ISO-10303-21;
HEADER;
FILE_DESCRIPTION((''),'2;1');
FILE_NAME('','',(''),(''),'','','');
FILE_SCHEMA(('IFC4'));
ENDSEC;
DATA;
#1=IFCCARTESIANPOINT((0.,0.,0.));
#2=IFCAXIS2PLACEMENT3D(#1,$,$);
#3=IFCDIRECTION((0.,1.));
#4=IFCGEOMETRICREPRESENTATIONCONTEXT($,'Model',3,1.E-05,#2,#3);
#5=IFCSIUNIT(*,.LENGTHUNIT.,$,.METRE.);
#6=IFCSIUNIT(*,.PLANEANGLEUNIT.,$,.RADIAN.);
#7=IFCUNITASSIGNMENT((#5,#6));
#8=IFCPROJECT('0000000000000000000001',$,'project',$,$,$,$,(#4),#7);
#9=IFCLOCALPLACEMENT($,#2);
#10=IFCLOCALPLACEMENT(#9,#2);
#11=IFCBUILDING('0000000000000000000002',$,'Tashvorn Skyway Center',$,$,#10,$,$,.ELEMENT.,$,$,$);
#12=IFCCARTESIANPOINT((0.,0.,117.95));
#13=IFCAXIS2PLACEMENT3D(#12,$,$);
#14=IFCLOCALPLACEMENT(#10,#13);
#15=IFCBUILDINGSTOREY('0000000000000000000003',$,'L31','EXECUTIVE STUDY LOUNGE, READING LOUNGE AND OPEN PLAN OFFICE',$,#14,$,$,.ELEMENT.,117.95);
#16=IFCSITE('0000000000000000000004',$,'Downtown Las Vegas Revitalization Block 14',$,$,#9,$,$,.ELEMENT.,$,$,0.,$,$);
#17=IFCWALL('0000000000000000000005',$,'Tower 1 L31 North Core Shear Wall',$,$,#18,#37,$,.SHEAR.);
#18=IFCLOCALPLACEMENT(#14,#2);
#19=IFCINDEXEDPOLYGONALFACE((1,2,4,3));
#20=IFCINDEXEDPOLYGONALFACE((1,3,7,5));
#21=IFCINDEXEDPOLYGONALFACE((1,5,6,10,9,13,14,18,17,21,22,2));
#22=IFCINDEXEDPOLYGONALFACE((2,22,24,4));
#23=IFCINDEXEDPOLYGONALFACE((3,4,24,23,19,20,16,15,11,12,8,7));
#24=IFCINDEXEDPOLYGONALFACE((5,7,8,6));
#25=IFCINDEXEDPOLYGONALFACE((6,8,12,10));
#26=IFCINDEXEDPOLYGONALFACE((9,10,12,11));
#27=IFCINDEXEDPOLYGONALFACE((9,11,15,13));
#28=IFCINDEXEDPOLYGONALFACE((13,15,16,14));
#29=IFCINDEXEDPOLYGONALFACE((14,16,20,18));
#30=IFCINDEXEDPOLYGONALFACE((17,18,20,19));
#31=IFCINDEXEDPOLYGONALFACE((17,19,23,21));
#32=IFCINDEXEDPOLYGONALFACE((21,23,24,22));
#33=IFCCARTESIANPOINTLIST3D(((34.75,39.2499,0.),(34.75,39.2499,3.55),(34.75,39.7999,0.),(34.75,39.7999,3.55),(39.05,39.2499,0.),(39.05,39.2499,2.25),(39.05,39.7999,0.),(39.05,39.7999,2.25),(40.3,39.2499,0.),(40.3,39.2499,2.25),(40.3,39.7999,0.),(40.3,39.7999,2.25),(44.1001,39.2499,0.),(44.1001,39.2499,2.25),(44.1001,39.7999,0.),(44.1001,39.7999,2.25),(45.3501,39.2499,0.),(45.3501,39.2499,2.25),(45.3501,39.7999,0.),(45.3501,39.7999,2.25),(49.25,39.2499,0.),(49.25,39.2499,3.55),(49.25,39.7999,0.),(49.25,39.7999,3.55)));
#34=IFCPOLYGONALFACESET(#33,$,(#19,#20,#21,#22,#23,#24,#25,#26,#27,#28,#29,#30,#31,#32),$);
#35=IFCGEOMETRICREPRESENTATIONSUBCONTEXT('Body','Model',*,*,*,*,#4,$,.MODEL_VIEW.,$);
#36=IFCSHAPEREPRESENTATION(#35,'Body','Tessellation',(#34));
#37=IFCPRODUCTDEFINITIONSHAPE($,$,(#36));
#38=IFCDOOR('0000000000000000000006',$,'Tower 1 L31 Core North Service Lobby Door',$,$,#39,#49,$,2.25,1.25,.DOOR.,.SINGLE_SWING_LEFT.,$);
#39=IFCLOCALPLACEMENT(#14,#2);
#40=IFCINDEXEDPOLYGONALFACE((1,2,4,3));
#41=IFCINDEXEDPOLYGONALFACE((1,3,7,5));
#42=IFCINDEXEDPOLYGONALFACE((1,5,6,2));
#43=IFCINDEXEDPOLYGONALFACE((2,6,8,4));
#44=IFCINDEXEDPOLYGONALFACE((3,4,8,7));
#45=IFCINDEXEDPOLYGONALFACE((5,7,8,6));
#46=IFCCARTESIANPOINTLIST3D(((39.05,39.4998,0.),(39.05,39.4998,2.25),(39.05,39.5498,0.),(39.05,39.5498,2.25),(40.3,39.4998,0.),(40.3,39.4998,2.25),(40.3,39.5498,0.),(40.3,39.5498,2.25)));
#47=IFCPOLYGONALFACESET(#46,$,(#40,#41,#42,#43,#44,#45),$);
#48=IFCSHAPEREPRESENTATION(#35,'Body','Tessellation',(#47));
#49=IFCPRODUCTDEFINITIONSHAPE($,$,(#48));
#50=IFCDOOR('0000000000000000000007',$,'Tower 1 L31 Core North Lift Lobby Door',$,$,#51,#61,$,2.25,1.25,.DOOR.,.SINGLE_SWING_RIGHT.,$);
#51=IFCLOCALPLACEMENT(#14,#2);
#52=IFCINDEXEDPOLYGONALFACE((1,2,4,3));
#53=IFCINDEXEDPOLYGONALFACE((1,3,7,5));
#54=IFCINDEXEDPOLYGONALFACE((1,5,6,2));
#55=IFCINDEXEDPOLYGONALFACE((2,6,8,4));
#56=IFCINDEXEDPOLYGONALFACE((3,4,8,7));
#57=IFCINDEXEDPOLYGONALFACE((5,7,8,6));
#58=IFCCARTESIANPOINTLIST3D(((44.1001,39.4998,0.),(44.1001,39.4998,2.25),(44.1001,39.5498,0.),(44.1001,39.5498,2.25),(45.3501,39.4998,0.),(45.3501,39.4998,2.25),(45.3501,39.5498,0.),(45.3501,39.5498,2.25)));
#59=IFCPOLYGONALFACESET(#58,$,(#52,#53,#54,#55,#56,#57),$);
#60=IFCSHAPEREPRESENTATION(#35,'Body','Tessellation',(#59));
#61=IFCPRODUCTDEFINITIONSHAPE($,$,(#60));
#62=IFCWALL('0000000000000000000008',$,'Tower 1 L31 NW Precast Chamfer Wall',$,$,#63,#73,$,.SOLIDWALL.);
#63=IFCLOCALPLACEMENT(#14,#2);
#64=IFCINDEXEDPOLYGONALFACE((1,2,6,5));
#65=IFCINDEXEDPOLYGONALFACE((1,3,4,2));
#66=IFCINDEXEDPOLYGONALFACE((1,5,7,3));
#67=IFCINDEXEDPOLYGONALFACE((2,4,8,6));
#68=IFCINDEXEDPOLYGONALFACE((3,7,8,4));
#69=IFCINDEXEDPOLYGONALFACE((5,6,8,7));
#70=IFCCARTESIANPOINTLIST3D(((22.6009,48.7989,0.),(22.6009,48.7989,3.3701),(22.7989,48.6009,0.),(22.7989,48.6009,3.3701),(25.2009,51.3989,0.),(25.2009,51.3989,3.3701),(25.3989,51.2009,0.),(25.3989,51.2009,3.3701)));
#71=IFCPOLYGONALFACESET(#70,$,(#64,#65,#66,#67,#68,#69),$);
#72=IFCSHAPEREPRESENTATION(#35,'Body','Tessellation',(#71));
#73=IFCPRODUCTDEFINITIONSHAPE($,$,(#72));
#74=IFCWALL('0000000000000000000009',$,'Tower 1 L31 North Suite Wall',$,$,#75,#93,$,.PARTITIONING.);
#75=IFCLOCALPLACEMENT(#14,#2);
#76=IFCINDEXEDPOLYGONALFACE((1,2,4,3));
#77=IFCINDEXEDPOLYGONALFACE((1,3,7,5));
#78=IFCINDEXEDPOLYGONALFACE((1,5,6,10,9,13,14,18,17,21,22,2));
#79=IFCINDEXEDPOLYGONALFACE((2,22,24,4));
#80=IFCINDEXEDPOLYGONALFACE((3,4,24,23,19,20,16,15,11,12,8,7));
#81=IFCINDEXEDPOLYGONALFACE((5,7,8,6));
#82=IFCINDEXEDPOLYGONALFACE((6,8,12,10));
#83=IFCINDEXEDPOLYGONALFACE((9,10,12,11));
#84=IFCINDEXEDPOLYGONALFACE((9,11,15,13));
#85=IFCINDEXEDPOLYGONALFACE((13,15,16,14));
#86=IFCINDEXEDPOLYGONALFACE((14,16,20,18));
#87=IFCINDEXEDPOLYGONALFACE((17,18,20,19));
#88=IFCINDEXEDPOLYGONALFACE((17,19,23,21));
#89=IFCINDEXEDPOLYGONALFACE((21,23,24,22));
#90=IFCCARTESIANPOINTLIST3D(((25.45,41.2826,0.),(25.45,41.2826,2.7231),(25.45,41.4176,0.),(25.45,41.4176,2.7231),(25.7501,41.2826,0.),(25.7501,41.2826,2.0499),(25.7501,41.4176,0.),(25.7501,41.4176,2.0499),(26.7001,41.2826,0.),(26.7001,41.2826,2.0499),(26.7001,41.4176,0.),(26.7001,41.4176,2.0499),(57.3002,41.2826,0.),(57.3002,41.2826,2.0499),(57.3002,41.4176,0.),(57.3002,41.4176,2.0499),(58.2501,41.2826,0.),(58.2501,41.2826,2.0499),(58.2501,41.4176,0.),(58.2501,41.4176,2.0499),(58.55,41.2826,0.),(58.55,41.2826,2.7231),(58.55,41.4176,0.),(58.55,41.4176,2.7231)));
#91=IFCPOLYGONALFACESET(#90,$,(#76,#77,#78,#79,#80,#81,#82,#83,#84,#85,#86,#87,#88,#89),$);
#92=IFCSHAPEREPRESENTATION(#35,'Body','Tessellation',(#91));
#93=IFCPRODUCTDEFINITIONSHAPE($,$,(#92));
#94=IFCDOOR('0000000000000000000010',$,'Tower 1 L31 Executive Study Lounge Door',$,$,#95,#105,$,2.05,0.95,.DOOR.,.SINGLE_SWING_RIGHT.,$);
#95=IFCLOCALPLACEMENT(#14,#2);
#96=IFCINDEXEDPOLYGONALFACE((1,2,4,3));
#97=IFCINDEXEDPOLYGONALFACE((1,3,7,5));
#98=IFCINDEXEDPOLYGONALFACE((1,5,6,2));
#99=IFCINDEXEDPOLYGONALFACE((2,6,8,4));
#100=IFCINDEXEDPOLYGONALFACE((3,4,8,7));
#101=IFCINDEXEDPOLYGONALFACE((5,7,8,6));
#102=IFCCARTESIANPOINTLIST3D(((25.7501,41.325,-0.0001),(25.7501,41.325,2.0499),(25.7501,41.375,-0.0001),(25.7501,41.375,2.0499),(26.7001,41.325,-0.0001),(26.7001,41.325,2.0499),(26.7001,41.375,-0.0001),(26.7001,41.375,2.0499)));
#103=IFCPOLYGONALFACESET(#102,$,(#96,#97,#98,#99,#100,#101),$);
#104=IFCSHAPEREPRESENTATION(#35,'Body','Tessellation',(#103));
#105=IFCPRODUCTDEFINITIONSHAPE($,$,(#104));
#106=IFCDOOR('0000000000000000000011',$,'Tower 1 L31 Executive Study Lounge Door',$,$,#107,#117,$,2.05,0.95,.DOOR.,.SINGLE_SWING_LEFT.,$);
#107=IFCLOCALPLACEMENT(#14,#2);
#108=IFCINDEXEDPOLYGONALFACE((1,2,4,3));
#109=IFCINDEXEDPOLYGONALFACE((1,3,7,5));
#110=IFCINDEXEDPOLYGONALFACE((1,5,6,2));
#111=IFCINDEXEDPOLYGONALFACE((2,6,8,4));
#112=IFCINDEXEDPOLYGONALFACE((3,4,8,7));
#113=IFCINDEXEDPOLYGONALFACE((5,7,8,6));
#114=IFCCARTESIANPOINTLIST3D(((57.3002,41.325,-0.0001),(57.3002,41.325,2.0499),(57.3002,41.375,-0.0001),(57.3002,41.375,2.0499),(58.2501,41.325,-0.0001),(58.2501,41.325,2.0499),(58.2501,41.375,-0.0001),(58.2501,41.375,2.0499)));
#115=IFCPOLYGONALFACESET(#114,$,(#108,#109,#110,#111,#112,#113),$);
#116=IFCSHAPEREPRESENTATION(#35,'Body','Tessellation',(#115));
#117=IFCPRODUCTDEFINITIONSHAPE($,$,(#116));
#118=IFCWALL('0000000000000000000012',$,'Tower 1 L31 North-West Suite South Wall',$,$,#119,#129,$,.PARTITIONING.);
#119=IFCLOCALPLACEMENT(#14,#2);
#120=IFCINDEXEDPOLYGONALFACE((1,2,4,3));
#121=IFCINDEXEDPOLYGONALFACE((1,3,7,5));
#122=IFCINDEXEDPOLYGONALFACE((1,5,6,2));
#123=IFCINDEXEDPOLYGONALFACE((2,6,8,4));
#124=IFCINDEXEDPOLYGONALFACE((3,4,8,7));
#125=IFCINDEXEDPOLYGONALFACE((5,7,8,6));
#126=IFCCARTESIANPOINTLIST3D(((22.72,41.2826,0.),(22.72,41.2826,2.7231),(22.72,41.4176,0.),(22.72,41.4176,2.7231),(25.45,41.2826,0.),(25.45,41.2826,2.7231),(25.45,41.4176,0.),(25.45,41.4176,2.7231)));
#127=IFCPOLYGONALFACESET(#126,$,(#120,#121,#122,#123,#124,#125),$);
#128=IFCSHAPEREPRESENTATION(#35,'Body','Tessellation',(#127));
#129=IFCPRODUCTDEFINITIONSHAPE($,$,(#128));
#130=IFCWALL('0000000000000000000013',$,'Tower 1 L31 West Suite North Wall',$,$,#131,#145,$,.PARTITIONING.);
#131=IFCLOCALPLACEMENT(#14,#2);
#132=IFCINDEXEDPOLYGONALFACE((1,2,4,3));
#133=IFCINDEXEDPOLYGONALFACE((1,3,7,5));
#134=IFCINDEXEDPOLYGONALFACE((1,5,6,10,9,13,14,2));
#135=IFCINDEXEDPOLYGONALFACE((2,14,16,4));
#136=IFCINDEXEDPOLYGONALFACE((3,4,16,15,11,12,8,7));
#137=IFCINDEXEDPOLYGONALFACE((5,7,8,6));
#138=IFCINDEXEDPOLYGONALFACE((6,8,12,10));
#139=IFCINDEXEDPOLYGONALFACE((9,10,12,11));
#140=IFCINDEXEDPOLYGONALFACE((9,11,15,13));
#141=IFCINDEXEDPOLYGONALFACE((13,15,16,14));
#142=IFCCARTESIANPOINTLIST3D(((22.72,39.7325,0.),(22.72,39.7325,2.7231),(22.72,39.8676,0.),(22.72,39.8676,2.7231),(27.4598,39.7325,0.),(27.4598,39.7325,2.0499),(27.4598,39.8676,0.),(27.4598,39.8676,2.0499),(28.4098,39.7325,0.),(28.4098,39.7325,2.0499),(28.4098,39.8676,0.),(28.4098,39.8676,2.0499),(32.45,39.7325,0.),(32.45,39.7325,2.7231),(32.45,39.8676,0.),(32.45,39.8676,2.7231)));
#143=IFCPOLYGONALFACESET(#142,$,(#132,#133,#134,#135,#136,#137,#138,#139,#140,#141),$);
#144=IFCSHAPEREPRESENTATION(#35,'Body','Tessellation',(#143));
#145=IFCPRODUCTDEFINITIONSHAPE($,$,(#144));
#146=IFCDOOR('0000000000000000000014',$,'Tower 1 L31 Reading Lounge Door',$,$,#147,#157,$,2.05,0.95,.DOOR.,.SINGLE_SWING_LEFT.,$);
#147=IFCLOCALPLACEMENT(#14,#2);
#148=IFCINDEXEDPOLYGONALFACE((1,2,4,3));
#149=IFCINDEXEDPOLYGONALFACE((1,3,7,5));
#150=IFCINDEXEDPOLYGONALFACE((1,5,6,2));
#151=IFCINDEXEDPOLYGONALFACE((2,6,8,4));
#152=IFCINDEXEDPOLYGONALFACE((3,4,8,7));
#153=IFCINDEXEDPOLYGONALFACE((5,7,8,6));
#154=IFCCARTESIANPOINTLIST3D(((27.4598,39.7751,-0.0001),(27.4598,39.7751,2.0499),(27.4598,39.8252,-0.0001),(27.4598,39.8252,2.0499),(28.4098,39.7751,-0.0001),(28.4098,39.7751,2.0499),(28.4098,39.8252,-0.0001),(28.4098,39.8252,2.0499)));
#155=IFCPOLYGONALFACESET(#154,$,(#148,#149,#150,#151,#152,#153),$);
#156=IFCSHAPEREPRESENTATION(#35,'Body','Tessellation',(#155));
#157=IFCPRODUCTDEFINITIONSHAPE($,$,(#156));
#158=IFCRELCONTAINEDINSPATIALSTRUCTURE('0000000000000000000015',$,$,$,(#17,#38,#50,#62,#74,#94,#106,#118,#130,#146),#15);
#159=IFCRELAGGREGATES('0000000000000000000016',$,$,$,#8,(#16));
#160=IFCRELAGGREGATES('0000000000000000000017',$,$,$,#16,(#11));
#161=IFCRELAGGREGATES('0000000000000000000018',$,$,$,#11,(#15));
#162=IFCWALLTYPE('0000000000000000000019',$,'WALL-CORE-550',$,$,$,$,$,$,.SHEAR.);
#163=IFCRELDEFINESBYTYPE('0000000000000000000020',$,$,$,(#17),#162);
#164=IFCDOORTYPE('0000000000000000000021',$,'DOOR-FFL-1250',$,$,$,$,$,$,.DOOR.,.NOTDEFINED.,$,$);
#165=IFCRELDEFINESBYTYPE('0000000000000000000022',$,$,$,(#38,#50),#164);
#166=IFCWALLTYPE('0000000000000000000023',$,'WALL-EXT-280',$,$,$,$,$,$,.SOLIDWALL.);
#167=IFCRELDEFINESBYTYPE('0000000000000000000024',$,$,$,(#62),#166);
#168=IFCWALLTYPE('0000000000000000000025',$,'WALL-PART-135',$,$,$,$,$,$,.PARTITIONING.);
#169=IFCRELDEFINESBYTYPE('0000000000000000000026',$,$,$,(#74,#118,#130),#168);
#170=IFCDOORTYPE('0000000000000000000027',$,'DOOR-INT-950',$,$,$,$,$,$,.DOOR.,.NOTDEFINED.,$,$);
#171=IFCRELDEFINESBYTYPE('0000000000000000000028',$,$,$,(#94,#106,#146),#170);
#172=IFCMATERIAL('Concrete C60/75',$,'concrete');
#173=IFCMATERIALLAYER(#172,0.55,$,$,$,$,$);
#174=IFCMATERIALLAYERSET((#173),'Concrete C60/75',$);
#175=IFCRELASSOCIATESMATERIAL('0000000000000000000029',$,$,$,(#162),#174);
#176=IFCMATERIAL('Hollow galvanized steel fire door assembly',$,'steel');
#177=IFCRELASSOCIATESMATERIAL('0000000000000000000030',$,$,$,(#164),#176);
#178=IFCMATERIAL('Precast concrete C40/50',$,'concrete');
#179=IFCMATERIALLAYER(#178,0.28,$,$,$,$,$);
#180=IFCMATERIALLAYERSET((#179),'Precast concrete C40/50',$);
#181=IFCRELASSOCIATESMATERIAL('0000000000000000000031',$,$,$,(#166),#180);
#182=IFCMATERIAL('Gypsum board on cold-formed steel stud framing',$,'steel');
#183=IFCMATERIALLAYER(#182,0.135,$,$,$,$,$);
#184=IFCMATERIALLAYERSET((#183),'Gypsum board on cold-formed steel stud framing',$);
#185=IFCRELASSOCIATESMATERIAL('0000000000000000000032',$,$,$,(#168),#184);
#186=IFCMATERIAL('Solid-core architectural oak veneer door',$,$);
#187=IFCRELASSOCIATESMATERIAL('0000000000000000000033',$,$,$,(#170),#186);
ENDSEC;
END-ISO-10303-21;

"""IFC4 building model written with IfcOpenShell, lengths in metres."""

from ifc_helpers import new_model, si_unit, direction, frame, frame_2d, origin, place, context, subcontext, project, spatial, rectangle, extrude, material, layer, layer_set, type_object, element, fill, save


model = new_model("IFC4")

# Units and contexts
model_context = context("Model", 3, precision=1e-05, world=origin(), true_north=direction((0.0, 1.0)))
body_context = subcontext(model_context, "Body", "Model", "MODEL_VIEW")
ifc_project = project(units=[si_unit("LENGTHUNIT", "METRE"), si_unit("PLANEANGLEUNIT", "RADIAN")], contexts=[model_context])

# Site, building, storey
site_placement = place(None, origin())
site = spatial("IfcSite", under=ifc_project, at=site_placement, Name="Downtown Las Vegas Revitalization Block 14", CompositionType="ELEMENT", RefElevation=0.0)
building_placement = place(site_placement, origin())
building = spatial("IfcBuilding", under=site, at=building_placement, Name="Tashvorn Skyway Center", CompositionType="ELEMENT")
storey_placement = place(building_placement, frame((0.0, 0.0, 117.95)))
storey = spatial("IfcBuildingStorey", under=building, at=storey_placement, Name="L31", Description="EXECUTIVE STUDY LOUNGE, READING LOUNGE AND OPEN PLAN OFFICE", CompositionType="ELEMENT", Elevation=117.95)

# Wall, openings, doors
ifc_material_1 = material(Name="Concrete C60/75", Category="concrete")
ifc_layer_1 = layer(ifc_material_1, 0.55)
ifc_layer_set_1 = layer_set([ifc_layer_1], Name="Concrete C60/75")
wall_type_1 = type_object("IfcWallType", Name="WALL-CORE-550", PredefinedType="SHEAR", material=ifc_layer_set_1)
wall_1_placement = place(storey_placement, frame((34.75, 39.5249, 0.0), z_axis=(0.0, 0.0, 1.0), x_axis=(1.0, 0.0, 0.0)))
wall_1 = element("IfcWall", 1, at=wall_1_placement, inside=storey, type_object=wall_type_1, Name="Tower 1 L31 North Core Shear Wall", PredefinedType="SHEAR", context=body_context, shape_type="SweptSolid", body=[
    extrude(rectangle(XDim=14.5, YDim=0.55, at=frame_2d((7.25, 0.0))), origin(), (0.0, 0.0, 1.0), 3.55),
])
opening_1_placement = place(wall_1_placement, frame((4.3, 0.0, 0.0)))
opening_1 = element("IfcOpeningElement", 2, at=opening_1_placement, cuts=wall_1, PredefinedType="OPENING", context=body_context, shape_type="SweptSolid", body=[
    extrude(rectangle(XDim=1.25, YDim=2.25, at=frame_2d((0.625, 1.125))), frame((0.0, 0.2849, 0.0), z_axis=(0.0, -1.0, 0.0), x_axis=(1.0, 0.0, 0.0)), (0.0, 0.0, 1.0), 0.5701),
])
opening_2_placement = place(wall_1_placement, frame((9.3501, 0.0, 0.0)))
opening_2 = element("IfcOpeningElement", 3, at=opening_2_placement, cuts=wall_1, PredefinedType="OPENING", context=body_context, shape_type="SweptSolid", body=[
    extrude(rectangle(XDim=1.25, YDim=2.25, at=frame_2d((0.625, 1.125))), frame((0.0, 0.2849, 0.0), z_axis=(0.0, -1.0, 0.0), x_axis=(1.0, 0.0, 0.0)), (0.0, 0.0, 1.0), 0.5701),
])
ifc_material_2 = material(Name="Hollow galvanized steel fire door assembly", Category="steel")
door_type_1 = type_object("IfcDoorType", Name="DOOR-FFL-1250", OperationType="NOTDEFINED", PredefinedType="DOOR", material=ifc_material_2)
door_1_placement = place(opening_1_placement, origin())
door_1 = element("IfcDoor", 4, at=door_1_placement, inside=storey, type_object=door_type_1, Name="Tower 1 L31 Core North Service Lobby Door", OperationType="SINGLE_SWING_LEFT", OverallHeight=2.25, OverallWidth=1.25, PredefinedType="DOOR", context=body_context, shape_type="SweptSolid", body=[
    extrude(rectangle(XDim=1.25, YDim=2.25, at=frame_2d((0.625, 1.125))), frame((0.0, 0.0249, 0.0), z_axis=(0.0, -1.0, 0.0), x_axis=(1.0, 0.0, 0.0)), (0.0, 0.0, 1.0), 0.05),
])
fill(opening_1, door_1)
door_2_placement = place(opening_2_placement, origin())
door_2 = element("IfcDoor", 5, at=door_2_placement, inside=storey, type_object=door_type_1, Name="Tower 1 L31 Core North Lift Lobby Door", OperationType="SINGLE_SWING_RIGHT", OverallHeight=2.25, OverallWidth=1.25, PredefinedType="DOOR", context=body_context, shape_type="SweptSolid", body=[
    extrude(rectangle(XDim=1.25, YDim=2.25, at=frame_2d((0.625, 1.125))), frame((0.0, 0.0249, 0.0), z_axis=(0.0, -1.0, 0.0), x_axis=(1.0, 0.0, 0.0)), (0.0, 0.0, 1.0), 0.05),
])
fill(opening_2, door_2)

# Wall
ifc_material_3 = material(Name="Precast concrete C40/50", Category="concrete")
ifc_layer_2 = layer(ifc_material_3, 0.28)
ifc_layer_set_2 = layer_set([ifc_layer_2], Name="Precast concrete C40/50")
wall_type_2 = type_object("IfcWallType", Name="WALL-EXT-280", PredefinedType="SOLIDWALL", material=ifc_layer_set_2)
wall_2_placement = place(storey_placement, frame((22.7, 48.7, 0.0), z_axis=(0.0, 0.0, 1.0), x_axis=(0.707107, 0.707107, 0.0)))
element("IfcWall", 6, at=wall_2_placement, inside=storey, type_object=wall_type_2, Name="Tower 1 L31 NW Precast Chamfer Wall", PredefinedType="SOLIDWALL", context=body_context, shape_type="SweptSolid", body=[
    extrude(rectangle(XDim=3.677, YDim=0.28, at=frame_2d((1.8384, 0.0))), origin(), (0.0, 0.0, 1.0), 3.3701),
])

# Wall, openings, doors
ifc_material_4 = material(Name="Gypsum board on cold-formed steel stud framing", Category="steel")
ifc_layer_3 = layer(ifc_material_4, 0.135)
ifc_layer_set_3 = layer_set([ifc_layer_3], Name="Gypsum board on cold-formed steel stud framing")
wall_type_3 = type_object("IfcWallType", Name="WALL-PART-135", PredefinedType="PARTITIONING", material=ifc_layer_set_3)
wall_3_placement = place(storey_placement, frame((25.45, 41.3501, 0.0), z_axis=(0.0, 0.0, 1.0), x_axis=(1.0, 0.0, 0.0)))
wall_3 = element("IfcWall", 7, at=wall_3_placement, inside=storey, type_object=wall_type_3, Name="Tower 1 L31 North Suite Wall", PredefinedType="PARTITIONING", context=body_context, shape_type="SweptSolid", body=[
    extrude(rectangle(XDim=33.1001, YDim=0.135, at=frame_2d((16.55, 0.0))), origin(), (0.0, 0.0, 1.0), 2.7231),
])
opening_3_placement = place(wall_3_placement, frame((0.3, 0.0, 0.0)))
opening_3 = element("IfcOpeningElement", 8, at=opening_3_placement, cuts=wall_3, PredefinedType="OPENING", context=body_context, shape_type="SweptSolid", body=[
    extrude(rectangle(XDim=0.95, YDim=2.05, at=frame_2d((0.4751, 1.0249))), frame((0.0, 0.0774, 0.0), z_axis=(0.0, -1.0, 0.0), x_axis=(1.0, 0.0, 0.0)), (0.0, 0.0, 1.0), 0.155),
])
opening_4_placement = place(wall_3_placement, frame((31.8501, 0.0, 0.0)))
opening_4 = element("IfcOpeningElement", 9, at=opening_4_placement, cuts=wall_3, PredefinedType="OPENING", context=body_context, shape_type="SweptSolid", body=[
    extrude(rectangle(XDim=0.95, YDim=2.05, at=frame_2d((0.4751, 1.0249))), frame((0.0, 0.0774, 0.0), z_axis=(0.0, -1.0, 0.0), x_axis=(1.0, 0.0, 0.0)), (0.0, 0.0, 1.0), 0.155),
])
ifc_material_5 = material(Name="Solid-core architectural oak veneer door")
door_type_2 = type_object("IfcDoorType", Name="DOOR-INT-950", OperationType="NOTDEFINED", PredefinedType="DOOR", material=ifc_material_5)
door_3_placement = place(opening_3_placement, origin())
door_3 = element("IfcDoor", 10, at=door_3_placement, inside=storey, type_object=door_type_2, Name="Tower 1 L31 Executive Study Lounge Door", OperationType="SINGLE_SWING_RIGHT", OverallHeight=2.05, OverallWidth=0.95, PredefinedType="DOOR", context=body_context, shape_type="SweptSolid", body=[
    extrude(rectangle(XDim=0.95, YDim=2.05, at=frame_2d((0.4751, 1.0249))), frame((0.0, 0.0249, 0.0), z_axis=(0.0, -1.0, 0.0), x_axis=(1.0, 0.0, 0.0)), (0.0, 0.0, 1.0), 0.05),
])
fill(opening_3, door_3)
door_4_placement = place(opening_4_placement, origin())
door_4 = element("IfcDoor", 11, at=door_4_placement, inside=storey, type_object=door_type_2, Name="Tower 1 L31 Executive Study Lounge Door", OperationType="SINGLE_SWING_LEFT", OverallHeight=2.05, OverallWidth=0.95, PredefinedType="DOOR", context=body_context, shape_type="SweptSolid", body=[
    extrude(rectangle(XDim=0.95, YDim=2.05, at=frame_2d((0.4751, 1.0249))), frame((0.0, 0.0249, 0.0), z_axis=(0.0, -1.0, 0.0), x_axis=(1.0, 0.0, 0.0)), (0.0, 0.0, 1.0), 0.05),
])
fill(opening_4, door_4)

# Wall
wall_4_placement = place(storey_placement, frame((22.72, 41.3501, 0.0), z_axis=(0.0, 0.0, 1.0), x_axis=(1.0, 0.0, 0.0)))
element("IfcWall", 12, at=wall_4_placement, inside=storey, type_object=wall_type_3, Name="Tower 1 L31 North-West Suite South Wall", PredefinedType="PARTITIONING", context=body_context, shape_type="SweptSolid", body=[
    extrude(rectangle(XDim=2.73, YDim=0.135, at=frame_2d((1.365, 0.0))), origin(), (0.0, 0.0, 1.0), 2.7231),
])

# Wall, opening, door
wall_5_placement = place(storey_placement, frame((32.45, 39.8, 0.0), z_axis=(0.0, 0.0, 1.0), x_axis=(-1.0, 0.0, 0.0)))
wall_5 = element("IfcWall", 13, at=wall_5_placement, inside=storey, type_object=wall_type_3, Name="Tower 1 L31 West Suite North Wall", PredefinedType="PARTITIONING", context=body_context, shape_type="SweptSolid", body=[
    extrude(rectangle(XDim=9.73, YDim=0.135, at=frame_2d((4.865, 0.0))), origin(), (0.0, 0.0, 1.0), 2.7231),
])
opening_5_placement = place(wall_5_placement, frame((4.04, 0.0, 0.0)))
opening_5 = element("IfcOpeningElement", 14, at=opening_5_placement, cuts=wall_5, PredefinedType="OPENING", context=body_context, shape_type="SweptSolid", body=[
    extrude(rectangle(XDim=0.95, YDim=2.05, at=frame_2d((0.4751, 1.0249))), frame((0.0, 0.0774, 0.0), z_axis=(0.0, -1.0, 0.0), x_axis=(1.0, 0.0, 0.0)), (0.0, 0.0, 1.0), 0.155),
])
door_5_placement = place(opening_5_placement, origin())
door_5 = element("IfcDoor", 15, at=door_5_placement, inside=storey, type_object=door_type_2, Name="Tower 1 L31 Reading Lounge Door", OperationType="SINGLE_SWING_LEFT", OverallHeight=2.05, OverallWidth=0.95, PredefinedType="DOOR", context=body_context, shape_type="SweptSolid", body=[
    extrude(rectangle(XDim=0.95, YDim=2.05, at=frame_2d((0.4751, 1.0249))), frame((0.0, 0.0249, 0.0), z_axis=(0.0, -1.0, 0.0), x_axis=(1.0, 0.0, 0.0)), (0.0, 0.0, 1.0), 0.05),
])
fill(opening_5, door_5)

save(model, "model.ifc")
